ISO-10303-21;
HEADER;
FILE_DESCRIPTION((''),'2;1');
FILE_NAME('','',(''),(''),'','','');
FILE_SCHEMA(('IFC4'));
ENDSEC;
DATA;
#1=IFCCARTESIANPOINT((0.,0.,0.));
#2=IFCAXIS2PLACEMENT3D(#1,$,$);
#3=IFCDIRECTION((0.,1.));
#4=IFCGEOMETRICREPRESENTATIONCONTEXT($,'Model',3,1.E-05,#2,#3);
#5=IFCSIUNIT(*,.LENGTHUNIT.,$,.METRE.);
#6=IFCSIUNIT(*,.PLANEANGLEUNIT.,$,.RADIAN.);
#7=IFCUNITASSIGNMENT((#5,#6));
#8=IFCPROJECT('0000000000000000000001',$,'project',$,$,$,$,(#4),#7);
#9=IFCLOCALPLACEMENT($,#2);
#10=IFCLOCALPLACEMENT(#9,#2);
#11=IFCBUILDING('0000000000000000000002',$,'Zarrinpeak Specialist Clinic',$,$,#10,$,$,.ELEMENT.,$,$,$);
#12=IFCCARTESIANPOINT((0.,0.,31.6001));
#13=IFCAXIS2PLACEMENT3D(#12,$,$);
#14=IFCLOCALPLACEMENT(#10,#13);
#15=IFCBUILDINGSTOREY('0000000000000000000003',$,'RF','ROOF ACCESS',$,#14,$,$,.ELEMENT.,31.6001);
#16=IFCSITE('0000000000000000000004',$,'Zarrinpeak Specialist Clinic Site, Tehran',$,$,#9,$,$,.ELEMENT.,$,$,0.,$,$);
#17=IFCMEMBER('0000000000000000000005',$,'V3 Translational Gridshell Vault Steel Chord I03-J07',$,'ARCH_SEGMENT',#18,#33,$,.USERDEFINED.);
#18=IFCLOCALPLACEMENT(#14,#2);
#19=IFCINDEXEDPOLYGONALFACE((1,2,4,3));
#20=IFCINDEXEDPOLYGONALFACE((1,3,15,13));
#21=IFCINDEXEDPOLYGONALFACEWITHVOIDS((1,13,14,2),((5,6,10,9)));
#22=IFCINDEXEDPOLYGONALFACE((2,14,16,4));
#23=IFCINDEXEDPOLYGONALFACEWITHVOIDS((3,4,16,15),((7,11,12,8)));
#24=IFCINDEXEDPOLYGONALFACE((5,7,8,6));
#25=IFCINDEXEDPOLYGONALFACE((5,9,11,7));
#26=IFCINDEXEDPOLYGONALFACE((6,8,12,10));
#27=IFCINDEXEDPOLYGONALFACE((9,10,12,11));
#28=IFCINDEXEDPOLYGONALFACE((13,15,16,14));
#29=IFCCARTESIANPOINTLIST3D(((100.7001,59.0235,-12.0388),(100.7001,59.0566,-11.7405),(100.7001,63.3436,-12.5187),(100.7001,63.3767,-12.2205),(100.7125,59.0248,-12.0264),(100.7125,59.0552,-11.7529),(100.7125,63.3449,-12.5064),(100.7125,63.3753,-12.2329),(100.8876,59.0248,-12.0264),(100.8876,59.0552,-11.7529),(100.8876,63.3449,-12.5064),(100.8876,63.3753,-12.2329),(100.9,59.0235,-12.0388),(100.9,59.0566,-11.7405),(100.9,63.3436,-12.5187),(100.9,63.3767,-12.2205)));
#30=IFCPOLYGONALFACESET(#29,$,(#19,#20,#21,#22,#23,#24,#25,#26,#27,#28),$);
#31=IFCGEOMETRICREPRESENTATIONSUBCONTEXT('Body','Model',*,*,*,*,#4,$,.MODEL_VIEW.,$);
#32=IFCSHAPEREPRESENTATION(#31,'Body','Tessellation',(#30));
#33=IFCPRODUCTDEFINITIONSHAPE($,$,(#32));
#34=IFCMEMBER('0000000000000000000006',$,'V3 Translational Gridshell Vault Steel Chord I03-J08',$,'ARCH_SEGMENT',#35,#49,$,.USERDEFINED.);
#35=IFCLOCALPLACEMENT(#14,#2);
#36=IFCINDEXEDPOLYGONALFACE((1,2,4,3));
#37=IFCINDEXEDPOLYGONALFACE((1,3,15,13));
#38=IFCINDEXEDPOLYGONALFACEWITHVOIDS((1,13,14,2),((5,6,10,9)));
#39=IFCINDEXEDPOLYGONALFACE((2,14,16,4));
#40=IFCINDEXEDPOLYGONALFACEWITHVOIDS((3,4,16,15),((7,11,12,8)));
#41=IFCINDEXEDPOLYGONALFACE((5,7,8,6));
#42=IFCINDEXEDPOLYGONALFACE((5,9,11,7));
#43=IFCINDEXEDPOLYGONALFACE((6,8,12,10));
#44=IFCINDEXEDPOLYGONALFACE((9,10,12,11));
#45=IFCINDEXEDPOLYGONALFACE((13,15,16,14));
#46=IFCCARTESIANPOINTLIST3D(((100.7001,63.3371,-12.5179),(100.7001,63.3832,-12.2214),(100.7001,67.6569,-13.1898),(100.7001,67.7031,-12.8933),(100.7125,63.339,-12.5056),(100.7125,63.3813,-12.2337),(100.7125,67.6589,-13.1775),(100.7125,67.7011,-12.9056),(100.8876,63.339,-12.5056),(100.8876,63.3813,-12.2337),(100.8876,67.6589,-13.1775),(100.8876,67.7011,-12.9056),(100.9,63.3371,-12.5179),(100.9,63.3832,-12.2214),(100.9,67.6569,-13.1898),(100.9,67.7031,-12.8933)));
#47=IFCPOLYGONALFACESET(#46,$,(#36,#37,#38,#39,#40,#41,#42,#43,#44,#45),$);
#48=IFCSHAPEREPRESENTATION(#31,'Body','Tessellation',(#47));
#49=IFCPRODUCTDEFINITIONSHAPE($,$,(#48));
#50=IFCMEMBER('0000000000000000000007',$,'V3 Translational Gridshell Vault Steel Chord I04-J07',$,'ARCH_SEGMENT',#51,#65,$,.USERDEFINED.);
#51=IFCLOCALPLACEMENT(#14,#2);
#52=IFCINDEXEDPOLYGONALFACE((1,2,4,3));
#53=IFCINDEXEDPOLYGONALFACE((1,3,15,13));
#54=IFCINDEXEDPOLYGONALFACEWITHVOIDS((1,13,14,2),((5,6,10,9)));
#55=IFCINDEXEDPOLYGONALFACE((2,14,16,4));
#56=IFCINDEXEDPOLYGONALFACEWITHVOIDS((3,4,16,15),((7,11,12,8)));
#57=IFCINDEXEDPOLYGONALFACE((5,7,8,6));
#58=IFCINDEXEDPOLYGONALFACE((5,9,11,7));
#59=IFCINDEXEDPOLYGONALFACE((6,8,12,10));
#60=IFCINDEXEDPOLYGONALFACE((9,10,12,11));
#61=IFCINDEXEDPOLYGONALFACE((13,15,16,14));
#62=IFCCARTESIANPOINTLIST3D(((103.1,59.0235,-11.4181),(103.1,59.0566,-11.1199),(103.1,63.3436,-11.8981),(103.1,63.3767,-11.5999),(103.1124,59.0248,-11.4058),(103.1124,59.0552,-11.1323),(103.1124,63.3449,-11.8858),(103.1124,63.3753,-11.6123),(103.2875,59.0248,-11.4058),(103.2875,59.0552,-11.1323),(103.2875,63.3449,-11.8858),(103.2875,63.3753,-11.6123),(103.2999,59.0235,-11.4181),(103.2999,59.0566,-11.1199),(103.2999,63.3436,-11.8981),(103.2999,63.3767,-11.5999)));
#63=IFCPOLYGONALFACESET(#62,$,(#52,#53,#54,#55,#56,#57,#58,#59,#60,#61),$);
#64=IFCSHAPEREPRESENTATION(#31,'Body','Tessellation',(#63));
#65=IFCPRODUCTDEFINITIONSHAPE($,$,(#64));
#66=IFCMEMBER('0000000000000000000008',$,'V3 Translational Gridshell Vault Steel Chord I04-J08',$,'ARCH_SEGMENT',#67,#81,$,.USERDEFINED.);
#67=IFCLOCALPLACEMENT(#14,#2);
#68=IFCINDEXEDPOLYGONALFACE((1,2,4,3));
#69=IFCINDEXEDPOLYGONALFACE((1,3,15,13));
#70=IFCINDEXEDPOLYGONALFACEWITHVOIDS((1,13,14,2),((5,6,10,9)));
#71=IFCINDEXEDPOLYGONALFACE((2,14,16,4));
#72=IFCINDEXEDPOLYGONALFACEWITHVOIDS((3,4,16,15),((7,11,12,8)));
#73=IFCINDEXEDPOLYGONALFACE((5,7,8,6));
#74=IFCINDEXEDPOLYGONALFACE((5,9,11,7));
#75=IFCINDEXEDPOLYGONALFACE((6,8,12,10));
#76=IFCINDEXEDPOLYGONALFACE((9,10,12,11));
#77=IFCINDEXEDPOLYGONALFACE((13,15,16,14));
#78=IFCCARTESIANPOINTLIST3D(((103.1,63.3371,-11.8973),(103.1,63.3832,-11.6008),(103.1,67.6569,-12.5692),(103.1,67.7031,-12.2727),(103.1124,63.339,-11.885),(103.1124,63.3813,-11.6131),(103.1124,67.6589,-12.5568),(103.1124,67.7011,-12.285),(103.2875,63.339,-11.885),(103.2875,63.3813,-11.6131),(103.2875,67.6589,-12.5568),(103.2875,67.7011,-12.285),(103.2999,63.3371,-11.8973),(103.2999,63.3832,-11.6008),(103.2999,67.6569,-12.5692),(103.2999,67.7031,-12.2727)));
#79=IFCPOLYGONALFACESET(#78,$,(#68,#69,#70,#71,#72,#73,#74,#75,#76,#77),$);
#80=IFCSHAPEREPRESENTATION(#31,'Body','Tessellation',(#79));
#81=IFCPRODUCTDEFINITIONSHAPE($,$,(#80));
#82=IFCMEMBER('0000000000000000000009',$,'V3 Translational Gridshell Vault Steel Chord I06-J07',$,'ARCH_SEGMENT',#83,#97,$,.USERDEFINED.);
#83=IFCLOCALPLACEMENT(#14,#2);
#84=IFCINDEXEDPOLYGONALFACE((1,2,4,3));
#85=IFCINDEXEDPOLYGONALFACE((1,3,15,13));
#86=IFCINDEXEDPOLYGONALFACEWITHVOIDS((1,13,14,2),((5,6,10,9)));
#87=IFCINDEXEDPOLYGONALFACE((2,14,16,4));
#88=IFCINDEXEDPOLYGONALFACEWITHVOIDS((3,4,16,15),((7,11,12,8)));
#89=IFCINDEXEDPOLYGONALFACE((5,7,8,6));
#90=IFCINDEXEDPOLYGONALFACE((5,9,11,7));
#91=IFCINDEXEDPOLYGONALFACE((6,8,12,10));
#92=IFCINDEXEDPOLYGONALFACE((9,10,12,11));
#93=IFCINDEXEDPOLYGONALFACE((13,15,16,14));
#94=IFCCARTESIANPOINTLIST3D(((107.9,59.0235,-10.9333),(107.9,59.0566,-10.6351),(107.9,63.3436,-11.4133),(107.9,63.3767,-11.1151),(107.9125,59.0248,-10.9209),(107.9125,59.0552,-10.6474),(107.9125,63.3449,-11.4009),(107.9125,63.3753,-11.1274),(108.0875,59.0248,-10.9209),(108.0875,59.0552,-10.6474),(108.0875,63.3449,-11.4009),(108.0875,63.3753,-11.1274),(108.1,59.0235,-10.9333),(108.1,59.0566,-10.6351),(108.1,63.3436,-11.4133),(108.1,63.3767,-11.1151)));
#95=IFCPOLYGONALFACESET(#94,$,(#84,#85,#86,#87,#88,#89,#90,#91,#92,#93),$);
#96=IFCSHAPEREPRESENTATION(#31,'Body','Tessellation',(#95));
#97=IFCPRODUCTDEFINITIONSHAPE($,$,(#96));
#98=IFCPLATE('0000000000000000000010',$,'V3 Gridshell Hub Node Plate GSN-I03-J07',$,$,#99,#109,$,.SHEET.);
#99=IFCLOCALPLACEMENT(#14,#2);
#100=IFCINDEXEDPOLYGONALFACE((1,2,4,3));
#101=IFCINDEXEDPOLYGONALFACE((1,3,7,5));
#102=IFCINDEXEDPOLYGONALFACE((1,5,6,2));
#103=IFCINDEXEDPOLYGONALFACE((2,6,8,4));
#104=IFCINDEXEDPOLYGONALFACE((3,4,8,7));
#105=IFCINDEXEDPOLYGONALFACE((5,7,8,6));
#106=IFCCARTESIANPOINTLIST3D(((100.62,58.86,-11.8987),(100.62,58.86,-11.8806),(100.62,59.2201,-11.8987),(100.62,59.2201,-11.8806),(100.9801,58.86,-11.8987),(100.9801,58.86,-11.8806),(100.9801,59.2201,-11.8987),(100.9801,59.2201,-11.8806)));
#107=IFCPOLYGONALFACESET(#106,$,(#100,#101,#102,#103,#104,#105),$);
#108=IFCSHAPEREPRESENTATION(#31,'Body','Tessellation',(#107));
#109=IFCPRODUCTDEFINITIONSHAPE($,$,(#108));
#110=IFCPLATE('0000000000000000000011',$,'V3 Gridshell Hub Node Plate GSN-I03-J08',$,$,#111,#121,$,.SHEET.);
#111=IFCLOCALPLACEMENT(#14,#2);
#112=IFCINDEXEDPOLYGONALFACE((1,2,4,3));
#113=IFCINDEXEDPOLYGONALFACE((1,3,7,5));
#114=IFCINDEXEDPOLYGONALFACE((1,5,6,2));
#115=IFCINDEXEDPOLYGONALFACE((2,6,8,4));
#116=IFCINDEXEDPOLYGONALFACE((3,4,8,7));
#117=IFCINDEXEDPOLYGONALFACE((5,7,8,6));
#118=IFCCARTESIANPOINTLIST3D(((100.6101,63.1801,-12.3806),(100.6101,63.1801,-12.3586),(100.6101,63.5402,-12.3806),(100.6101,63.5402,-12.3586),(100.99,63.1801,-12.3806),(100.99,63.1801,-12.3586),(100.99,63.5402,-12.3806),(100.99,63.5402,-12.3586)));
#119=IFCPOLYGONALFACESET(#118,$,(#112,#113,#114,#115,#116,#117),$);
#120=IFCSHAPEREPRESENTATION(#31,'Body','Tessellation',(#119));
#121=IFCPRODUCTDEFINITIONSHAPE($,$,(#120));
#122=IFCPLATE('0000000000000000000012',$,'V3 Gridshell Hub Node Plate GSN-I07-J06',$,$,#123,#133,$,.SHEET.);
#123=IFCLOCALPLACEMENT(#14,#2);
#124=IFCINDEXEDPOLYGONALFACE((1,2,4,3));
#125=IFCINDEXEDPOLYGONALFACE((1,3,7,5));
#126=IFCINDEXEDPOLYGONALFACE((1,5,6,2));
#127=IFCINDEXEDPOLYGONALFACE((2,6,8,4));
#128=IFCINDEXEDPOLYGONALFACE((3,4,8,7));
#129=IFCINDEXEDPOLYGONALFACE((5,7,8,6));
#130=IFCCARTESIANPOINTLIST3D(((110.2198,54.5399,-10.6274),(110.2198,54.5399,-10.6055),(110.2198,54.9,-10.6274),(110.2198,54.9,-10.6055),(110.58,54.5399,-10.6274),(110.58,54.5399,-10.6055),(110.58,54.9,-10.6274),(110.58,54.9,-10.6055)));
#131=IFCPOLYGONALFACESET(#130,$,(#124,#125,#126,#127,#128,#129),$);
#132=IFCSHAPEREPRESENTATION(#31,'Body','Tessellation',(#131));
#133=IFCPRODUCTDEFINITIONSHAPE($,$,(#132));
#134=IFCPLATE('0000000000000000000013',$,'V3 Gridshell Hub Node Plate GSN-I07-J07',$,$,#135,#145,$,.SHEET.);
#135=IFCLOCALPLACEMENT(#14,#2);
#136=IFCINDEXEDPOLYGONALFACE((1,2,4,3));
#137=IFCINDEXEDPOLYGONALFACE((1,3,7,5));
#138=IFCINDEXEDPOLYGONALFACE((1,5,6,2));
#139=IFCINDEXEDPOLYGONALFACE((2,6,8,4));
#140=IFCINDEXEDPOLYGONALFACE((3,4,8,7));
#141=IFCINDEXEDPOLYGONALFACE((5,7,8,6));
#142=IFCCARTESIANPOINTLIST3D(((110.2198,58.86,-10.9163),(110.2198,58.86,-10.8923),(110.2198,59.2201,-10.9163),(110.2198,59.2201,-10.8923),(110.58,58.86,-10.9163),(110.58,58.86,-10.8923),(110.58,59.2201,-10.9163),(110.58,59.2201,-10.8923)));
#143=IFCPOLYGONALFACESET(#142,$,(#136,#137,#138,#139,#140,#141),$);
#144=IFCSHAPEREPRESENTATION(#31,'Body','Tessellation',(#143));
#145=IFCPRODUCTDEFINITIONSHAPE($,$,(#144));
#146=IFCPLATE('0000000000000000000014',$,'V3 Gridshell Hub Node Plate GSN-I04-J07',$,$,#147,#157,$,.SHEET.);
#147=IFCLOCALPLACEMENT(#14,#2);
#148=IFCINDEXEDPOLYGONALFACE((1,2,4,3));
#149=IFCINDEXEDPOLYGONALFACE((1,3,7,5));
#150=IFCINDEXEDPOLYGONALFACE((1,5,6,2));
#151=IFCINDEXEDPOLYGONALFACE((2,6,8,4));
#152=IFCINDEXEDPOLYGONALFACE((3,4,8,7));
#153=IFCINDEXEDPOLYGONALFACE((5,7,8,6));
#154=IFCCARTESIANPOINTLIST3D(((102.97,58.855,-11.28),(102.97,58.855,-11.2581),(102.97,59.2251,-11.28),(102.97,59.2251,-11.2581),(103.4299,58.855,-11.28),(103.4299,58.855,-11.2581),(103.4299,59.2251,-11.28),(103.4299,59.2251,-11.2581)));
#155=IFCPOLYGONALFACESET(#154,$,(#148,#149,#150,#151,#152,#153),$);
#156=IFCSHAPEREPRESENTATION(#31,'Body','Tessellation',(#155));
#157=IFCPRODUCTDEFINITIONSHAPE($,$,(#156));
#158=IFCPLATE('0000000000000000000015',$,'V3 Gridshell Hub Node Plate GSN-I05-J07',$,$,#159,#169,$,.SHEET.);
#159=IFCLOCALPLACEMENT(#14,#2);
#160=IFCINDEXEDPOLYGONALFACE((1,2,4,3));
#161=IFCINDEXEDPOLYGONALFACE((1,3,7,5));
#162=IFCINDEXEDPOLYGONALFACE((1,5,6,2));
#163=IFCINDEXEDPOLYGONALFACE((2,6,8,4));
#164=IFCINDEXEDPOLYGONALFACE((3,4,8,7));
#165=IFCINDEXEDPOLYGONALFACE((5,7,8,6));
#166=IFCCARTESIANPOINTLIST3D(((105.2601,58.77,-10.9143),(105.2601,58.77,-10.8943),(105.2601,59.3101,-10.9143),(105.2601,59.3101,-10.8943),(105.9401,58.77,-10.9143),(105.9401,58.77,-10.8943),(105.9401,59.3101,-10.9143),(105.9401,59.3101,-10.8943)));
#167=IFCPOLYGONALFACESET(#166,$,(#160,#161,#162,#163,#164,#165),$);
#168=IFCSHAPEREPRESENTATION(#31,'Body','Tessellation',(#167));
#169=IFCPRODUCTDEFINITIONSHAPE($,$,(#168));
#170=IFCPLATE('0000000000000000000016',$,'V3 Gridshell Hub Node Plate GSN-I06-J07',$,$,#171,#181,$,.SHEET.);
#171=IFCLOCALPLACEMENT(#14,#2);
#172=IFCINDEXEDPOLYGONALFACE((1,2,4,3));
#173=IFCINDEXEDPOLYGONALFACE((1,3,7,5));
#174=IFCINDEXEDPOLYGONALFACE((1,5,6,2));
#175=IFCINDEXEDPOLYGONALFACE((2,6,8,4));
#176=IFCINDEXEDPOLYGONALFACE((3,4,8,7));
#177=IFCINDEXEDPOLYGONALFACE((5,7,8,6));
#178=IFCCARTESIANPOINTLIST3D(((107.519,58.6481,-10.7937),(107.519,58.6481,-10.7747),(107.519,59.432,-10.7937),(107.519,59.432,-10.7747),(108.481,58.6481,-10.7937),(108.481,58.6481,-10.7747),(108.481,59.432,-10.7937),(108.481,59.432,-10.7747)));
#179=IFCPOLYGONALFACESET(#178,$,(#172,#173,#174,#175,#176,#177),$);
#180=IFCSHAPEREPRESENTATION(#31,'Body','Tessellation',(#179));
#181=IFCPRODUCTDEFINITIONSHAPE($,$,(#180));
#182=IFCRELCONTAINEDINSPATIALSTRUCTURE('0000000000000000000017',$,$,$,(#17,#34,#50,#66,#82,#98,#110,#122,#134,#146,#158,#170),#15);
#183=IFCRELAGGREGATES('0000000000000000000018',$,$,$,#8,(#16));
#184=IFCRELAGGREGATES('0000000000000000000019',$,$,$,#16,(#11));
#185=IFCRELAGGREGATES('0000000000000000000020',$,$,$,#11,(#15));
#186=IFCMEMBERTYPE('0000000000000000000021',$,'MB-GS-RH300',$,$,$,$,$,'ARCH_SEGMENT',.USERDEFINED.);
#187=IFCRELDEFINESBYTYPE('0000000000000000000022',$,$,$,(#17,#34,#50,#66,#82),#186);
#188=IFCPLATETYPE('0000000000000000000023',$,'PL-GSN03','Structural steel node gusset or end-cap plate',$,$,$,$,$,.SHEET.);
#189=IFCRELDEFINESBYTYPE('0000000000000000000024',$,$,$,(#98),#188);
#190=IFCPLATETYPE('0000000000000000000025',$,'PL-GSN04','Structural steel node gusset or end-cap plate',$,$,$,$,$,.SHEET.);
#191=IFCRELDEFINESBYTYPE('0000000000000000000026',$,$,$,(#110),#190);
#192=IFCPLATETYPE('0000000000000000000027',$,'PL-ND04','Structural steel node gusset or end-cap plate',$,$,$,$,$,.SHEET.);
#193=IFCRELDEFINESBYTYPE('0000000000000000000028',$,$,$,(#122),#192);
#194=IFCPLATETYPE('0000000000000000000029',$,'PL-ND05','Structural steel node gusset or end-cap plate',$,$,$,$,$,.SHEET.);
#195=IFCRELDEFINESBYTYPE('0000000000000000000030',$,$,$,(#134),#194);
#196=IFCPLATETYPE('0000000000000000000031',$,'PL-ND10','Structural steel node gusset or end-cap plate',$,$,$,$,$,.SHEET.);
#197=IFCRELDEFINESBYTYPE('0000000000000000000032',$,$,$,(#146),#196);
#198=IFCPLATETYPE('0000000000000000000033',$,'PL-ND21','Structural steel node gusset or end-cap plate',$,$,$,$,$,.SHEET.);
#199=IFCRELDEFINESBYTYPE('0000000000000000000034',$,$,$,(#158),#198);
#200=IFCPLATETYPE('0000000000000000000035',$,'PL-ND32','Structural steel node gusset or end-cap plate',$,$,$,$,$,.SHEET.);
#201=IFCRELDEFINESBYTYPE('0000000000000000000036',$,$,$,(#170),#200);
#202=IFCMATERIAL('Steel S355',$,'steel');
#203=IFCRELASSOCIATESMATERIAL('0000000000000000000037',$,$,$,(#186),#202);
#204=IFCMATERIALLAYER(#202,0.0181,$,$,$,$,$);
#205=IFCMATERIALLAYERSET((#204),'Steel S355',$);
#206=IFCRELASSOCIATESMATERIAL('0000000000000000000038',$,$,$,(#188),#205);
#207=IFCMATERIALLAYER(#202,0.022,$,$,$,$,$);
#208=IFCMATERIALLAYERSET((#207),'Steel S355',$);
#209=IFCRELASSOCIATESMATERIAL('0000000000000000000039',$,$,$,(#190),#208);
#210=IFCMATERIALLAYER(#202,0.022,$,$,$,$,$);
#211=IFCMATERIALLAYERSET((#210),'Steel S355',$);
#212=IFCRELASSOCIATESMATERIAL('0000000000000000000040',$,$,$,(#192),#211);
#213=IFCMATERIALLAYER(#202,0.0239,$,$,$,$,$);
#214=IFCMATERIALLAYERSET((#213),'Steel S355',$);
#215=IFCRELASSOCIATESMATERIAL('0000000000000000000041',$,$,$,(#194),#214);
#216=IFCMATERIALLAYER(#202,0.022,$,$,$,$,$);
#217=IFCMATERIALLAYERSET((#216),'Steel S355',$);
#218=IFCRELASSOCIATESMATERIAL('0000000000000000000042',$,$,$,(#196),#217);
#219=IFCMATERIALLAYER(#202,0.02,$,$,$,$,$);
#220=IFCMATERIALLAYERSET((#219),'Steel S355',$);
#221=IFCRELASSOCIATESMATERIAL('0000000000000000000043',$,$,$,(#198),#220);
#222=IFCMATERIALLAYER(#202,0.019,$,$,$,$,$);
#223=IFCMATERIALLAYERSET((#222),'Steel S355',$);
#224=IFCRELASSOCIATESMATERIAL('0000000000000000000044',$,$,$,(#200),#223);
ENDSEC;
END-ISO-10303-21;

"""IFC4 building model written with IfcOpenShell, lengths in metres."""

from ifc_helpers import new_model, si_unit, direction, frame, origin, origin_2d, place, context, subcontext, project, spatial, rectangle, hollow_rectangle, extrude, material, layer, layer_set, material_profile, profile_set, type_object, element, save


model = new_model("IFC4")

# Units and contexts
model_context = context("Model", 3, precision=1e-05, world=origin(), true_north=direction((0.0, 1.0)))
body_context = subcontext(model_context, "Body", "Model", "MODEL_VIEW")
ifc_project = project(units=[si_unit("LENGTHUNIT", "METRE"), si_unit("PLANEANGLEUNIT", "RADIAN")], contexts=[model_context])

# Site, building, storey
site_placement = place(None, origin())
site = spatial("IfcSite", under=ifc_project, at=site_placement, Name="Zarrinpeak Specialist Clinic Site, Tehran", CompositionType="ELEMENT", RefElevation=0.0)
building_placement = place(site_placement, origin())
building = spatial("IfcBuilding", under=site, at=building_placement, Name="Zarrinpeak Specialist Clinic", CompositionType="ELEMENT")
storey_placement = place(building_placement, frame((0.0, 0.0, 31.6001)))
storey = spatial("IfcBuildingStorey", under=building, at=storey_placement, Name="RF", Description="ROOF ACCESS", CompositionType="ELEMENT", Elevation=31.6001)

# Members
ifc_material_1 = material(Name="Steel S355", Category="steel")
ifc_material_profile_1 = material_profile(ifc_material_1, hollow_rectangle(XDim=0.2, YDim=0.3, WallThickness=0.0125, at=origin_2d()), Name="RHS 300x200x12.5")
ifc_profile_set_1 = profile_set([ifc_material_profile_1], Name="Steel S355")
member_type_1 = type_object("IfcMemberType", Name="MB-GS-RH300", ElementType="ARCH_SEGMENT", PredefinedType="USERDEFINED", material=ifc_profile_set_1)
member_1_placement = place(storey_placement, frame((100.8, 59.04, -11.8896), z_axis=(0.0, 0.993884, -0.110425), x_axis=(-1.0, 0.0, 0.0)))
element("IfcMember", 1, at=member_1_placement, inside=storey, type_object=member_type_1, Name="V3 Translational Gridshell Vault Steel Chord I03-J07", ObjectType="ARCH_SEGMENT", PredefinedType="USERDEFINED", context=body_context, shape_type="SweptSolid", body=[
    extrude(hollow_rectangle(XDim=0.2, YDim=0.3, WallThickness=0.0125, at=origin_2d()), origin(), (0.0, 0.0, 1.0), 4.3467),
])
member_2_placement = place(storey_placement, frame((100.8, 63.3601, -12.3696), z_axis=(0.0, 0.98812, -0.153685), x_axis=(-1.0, 0.0, 0.0)))
element("IfcMember", 2, at=member_2_placement, inside=storey, type_object=member_type_1, Name="V3 Translational Gridshell Vault Steel Chord I03-J08", ObjectType="ARCH_SEGMENT", PredefinedType="USERDEFINED", context=body_context, shape_type="SweptSolid", body=[
    extrude(hollow_rectangle(XDim=0.2, YDim=0.3, WallThickness=0.0125, at=origin_2d()), origin(), (0.0, 0.0, 1.0), 4.3718),
])
member_3_placement = place(storey_placement, frame((103.2, 59.04, -11.269), z_axis=(0.0, 0.993884, -0.110425), x_axis=(-1.0, 0.0, 0.0)))
element("IfcMember", 3, at=member_3_placement, inside=storey, type_object=member_type_1, Name="V3 Translational Gridshell Vault Steel Chord I04-J07", ObjectType="ARCH_SEGMENT", PredefinedType="USERDEFINED", context=body_context, shape_type="SweptSolid", body=[
    extrude(hollow_rectangle(XDim=0.2, YDim=0.3, WallThickness=0.0125, at=origin_2d()), origin(), (0.0, 0.0, 1.0), 4.3467),
])
member_4_placement = place(storey_placement, frame((103.2, 63.3601, -11.749), z_axis=(0.0, 0.98812, -0.153685), x_axis=(-1.0, 0.0, 0.0)))
element("IfcMember", 4, at=member_4_placement, inside=storey, type_object=member_type_1, Name="V3 Translational Gridshell Vault Steel Chord I04-J08", ObjectType="ARCH_SEGMENT", PredefinedType="USERDEFINED", context=body_context, shape_type="SweptSolid", body=[
    extrude(hollow_rectangle(XDim=0.2, YDim=0.3, WallThickness=0.0125, at=origin_2d()), origin(), (0.0, 0.0, 1.0), 4.3718),
])
member_5_placement = place(storey_placement, frame((108.0, 59.04, -10.7842), z_axis=(0.0, 0.993884, -0.110425), x_axis=(-1.0, 0.0, 0.0)))
element("IfcMember", 5, at=member_5_placement, inside=storey, type_object=member_type_1, Name="V3 Translational Gridshell Vault Steel Chord I06-J07", ObjectType="ARCH_SEGMENT", PredefinedType="USERDEFINED", context=body_context, shape_type="SweptSolid", body=[
    extrude(hollow_rectangle(XDim=0.2, YDim=0.3, WallThickness=0.0125, at=origin_2d()), origin(), (0.0, 0.0, 1.0), 4.3467),
])

# Plates
ifc_layer_1 = layer(ifc_material_1, 0.0181)
ifc_layer_set_1 = layer_set([ifc_layer_1], Name="Steel S355")
plate_type_1 = type_object("IfcPlateType", Name="PL-GSN03", Description="Structural steel node gusset or end-cap plate", PredefinedType="SHEET", material=ifc_layer_set_1)
plate_1_placement = place(storey_placement, frame((100.8, 59.04, -11.8987), z_axis=(0.0, 0.0, 1.0), x_axis=(1.0, 0.0, 0.0)))
element("IfcPlate", 6, at=plate_1_placement, inside=storey, type_object=plate_type_1, Name="V3 Gridshell Hub Node Plate GSN-I03-J07", PredefinedType="SHEET", context=body_context, shape_type="SweptSolid", body=[
    extrude(rectangle(XDim=0.3601, YDim=0.3601, at=origin_2d()), origin(), (0.0, 0.0, 1.0), 0.0181),
])
ifc_layer_2 = layer(ifc_material_1, 0.022)
ifc_layer_set_2 = layer_set([ifc_layer_2], Name="Steel S355")
plate_type_2 = type_object("IfcPlateType", Name="PL-GSN04", Description="Structural steel node gusset or end-cap plate", PredefinedType="SHEET", material=ifc_layer_set_2)
plate_2_placement = place(storey_placement, frame((100.8, 63.3601, -12.3806), z_axis=(0.0, 0.0, 1.0), x_axis=(1.0, 0.0, 0.0)))
element("IfcPlate", 7, at=plate_2_placement, inside=storey, type_object=plate_type_2, Name="V3 Gridshell Hub Node Plate GSN-I03-J08", PredefinedType="SHEET", context=body_context, shape_type="SweptSolid", body=[
    extrude(rectangle(XDim=0.3799, YDim=0.3601, at=origin_2d()), origin(), (0.0, 0.0, 1.0), 0.022),
])
ifc_layer_3 = layer(ifc_material_1, 0.022)
ifc_layer_set_3 = layer_set([ifc_layer_3], Name="Steel S355")
plate_type_3 = type_object("IfcPlateType", Name="PL-ND04", Description="Structural steel node gusset or end-cap plate", PredefinedType="SHEET", material=ifc_layer_set_3)
plate_3_placement = place(storey_placement, frame((110.3999, 54.72, -10.6274), z_axis=(0.0, 0.0, 1.0), x_axis=(1.0, 0.0, 0.0)))
element("IfcPlate", 8, at=plate_3_placement, inside=storey, type_object=plate_type_3, Name="V3 Gridshell Hub Node Plate GSN-I07-J06", PredefinedType="SHEET", context=body_context, shape_type="SweptSolid", body=[
    extrude(rectangle(XDim=0.3601, YDim=0.3601, at=origin_2d()), origin(), (0.0, 0.0, 1.0), 0.022),
])
ifc_layer_4 = layer(ifc_material_1, 0.0239)
ifc_layer_set_4 = layer_set([ifc_layer_4], Name="Steel S355")
plate_type_4 = type_object("IfcPlateType", Name="PL-ND05", Description="Structural steel node gusset or end-cap plate", PredefinedType="SHEET", material=ifc_layer_set_4)
plate_4_placement = place(storey_placement, frame((110.3999, 59.04, -10.9163), z_axis=(0.0, 0.0, 1.0), x_axis=(1.0, 0.0, 0.0)))
element("IfcPlate", 9, at=plate_4_placement, inside=storey, type_object=plate_type_4, Name="V3 Gridshell Hub Node Plate GSN-I07-J07", PredefinedType="SHEET", context=body_context, shape_type="SweptSolid", body=[
    extrude(rectangle(XDim=0.3601, YDim=0.3601, at=origin_2d()), origin(), (0.0, 0.0, 1.0), 0.0239),
])
ifc_layer_5 = layer(ifc_material_1, 0.022)
ifc_layer_set_5 = layer_set([ifc_layer_5], Name="Steel S355")
plate_type_5 = type_object("IfcPlateType", Name="PL-ND10", Description="Structural steel node gusset or end-cap plate", PredefinedType="SHEET", material=ifc_layer_set_5)
plate_5_placement = place(storey_placement, frame((103.2, 59.04, -11.28), z_axis=(0.0, 0.0, 1.0), x_axis=(1.0, 0.0, 0.0)))
element("IfcPlate", 10, at=plate_5_placement, inside=storey, type_object=plate_type_5, Name="V3 Gridshell Hub Node Plate GSN-I04-J07", PredefinedType="SHEET", context=body_context, shape_type="SweptSolid", body=[
    extrude(rectangle(XDim=0.46, YDim=0.3701, at=origin_2d()), origin(), (0.0, 0.0, 1.0), 0.022),
])
ifc_layer_6 = layer(ifc_material_1, 0.02)
ifc_layer_set_6 = layer_set([ifc_layer_6], Name="Steel S355")
plate_type_6 = type_object("IfcPlateType", Name="PL-ND21", Description="Structural steel node gusset or end-cap plate", PredefinedType="SHEET", material=ifc_layer_set_6)
plate_6_placement = place(storey_placement, frame((105.6001, 59.04, -10.9143), z_axis=(0.0, 0.0, 1.0), x_axis=(1.0, 0.0, 0.0)))
element("IfcPlate", 11, at=plate_6_placement, inside=storey, type_object=plate_type_6, Name="V3 Gridshell Hub Node Plate GSN-I05-J07", PredefinedType="SHEET", context=body_context, shape_type="SweptSolid", body=[
    extrude(rectangle(XDim=0.6799, YDim=0.54, at=origin_2d()), origin(), (0.0, 0.0, 1.0), 0.02),
])
ifc_layer_7 = layer(ifc_material_1, 0.019)
ifc_layer_set_7 = layer_set([ifc_layer_7], Name="Steel S355")
plate_type_7 = type_object("IfcPlateType", Name="PL-ND32", Description="Structural steel node gusset or end-cap plate", PredefinedType="SHEET", material=ifc_layer_set_7)
plate_7_placement = place(storey_placement, frame((108.0, 59.04, -10.7937), z_axis=(0.0, 0.0, 1.0), x_axis=(1.0, 0.0, 0.0)))
element("IfcPlate", 12, at=plate_7_placement, inside=storey, type_object=plate_type_7, Name="V3 Gridshell Hub Node Plate GSN-I06-J07", PredefinedType="SHEET", context=body_context, shape_type="SweptSolid", body=[
    extrude(rectangle(XDim=0.9619, YDim=0.7839, at=origin_2d()), origin(), (0.0, 0.0, 1.0), 0.019),
])

save(model, "model.ifc")
